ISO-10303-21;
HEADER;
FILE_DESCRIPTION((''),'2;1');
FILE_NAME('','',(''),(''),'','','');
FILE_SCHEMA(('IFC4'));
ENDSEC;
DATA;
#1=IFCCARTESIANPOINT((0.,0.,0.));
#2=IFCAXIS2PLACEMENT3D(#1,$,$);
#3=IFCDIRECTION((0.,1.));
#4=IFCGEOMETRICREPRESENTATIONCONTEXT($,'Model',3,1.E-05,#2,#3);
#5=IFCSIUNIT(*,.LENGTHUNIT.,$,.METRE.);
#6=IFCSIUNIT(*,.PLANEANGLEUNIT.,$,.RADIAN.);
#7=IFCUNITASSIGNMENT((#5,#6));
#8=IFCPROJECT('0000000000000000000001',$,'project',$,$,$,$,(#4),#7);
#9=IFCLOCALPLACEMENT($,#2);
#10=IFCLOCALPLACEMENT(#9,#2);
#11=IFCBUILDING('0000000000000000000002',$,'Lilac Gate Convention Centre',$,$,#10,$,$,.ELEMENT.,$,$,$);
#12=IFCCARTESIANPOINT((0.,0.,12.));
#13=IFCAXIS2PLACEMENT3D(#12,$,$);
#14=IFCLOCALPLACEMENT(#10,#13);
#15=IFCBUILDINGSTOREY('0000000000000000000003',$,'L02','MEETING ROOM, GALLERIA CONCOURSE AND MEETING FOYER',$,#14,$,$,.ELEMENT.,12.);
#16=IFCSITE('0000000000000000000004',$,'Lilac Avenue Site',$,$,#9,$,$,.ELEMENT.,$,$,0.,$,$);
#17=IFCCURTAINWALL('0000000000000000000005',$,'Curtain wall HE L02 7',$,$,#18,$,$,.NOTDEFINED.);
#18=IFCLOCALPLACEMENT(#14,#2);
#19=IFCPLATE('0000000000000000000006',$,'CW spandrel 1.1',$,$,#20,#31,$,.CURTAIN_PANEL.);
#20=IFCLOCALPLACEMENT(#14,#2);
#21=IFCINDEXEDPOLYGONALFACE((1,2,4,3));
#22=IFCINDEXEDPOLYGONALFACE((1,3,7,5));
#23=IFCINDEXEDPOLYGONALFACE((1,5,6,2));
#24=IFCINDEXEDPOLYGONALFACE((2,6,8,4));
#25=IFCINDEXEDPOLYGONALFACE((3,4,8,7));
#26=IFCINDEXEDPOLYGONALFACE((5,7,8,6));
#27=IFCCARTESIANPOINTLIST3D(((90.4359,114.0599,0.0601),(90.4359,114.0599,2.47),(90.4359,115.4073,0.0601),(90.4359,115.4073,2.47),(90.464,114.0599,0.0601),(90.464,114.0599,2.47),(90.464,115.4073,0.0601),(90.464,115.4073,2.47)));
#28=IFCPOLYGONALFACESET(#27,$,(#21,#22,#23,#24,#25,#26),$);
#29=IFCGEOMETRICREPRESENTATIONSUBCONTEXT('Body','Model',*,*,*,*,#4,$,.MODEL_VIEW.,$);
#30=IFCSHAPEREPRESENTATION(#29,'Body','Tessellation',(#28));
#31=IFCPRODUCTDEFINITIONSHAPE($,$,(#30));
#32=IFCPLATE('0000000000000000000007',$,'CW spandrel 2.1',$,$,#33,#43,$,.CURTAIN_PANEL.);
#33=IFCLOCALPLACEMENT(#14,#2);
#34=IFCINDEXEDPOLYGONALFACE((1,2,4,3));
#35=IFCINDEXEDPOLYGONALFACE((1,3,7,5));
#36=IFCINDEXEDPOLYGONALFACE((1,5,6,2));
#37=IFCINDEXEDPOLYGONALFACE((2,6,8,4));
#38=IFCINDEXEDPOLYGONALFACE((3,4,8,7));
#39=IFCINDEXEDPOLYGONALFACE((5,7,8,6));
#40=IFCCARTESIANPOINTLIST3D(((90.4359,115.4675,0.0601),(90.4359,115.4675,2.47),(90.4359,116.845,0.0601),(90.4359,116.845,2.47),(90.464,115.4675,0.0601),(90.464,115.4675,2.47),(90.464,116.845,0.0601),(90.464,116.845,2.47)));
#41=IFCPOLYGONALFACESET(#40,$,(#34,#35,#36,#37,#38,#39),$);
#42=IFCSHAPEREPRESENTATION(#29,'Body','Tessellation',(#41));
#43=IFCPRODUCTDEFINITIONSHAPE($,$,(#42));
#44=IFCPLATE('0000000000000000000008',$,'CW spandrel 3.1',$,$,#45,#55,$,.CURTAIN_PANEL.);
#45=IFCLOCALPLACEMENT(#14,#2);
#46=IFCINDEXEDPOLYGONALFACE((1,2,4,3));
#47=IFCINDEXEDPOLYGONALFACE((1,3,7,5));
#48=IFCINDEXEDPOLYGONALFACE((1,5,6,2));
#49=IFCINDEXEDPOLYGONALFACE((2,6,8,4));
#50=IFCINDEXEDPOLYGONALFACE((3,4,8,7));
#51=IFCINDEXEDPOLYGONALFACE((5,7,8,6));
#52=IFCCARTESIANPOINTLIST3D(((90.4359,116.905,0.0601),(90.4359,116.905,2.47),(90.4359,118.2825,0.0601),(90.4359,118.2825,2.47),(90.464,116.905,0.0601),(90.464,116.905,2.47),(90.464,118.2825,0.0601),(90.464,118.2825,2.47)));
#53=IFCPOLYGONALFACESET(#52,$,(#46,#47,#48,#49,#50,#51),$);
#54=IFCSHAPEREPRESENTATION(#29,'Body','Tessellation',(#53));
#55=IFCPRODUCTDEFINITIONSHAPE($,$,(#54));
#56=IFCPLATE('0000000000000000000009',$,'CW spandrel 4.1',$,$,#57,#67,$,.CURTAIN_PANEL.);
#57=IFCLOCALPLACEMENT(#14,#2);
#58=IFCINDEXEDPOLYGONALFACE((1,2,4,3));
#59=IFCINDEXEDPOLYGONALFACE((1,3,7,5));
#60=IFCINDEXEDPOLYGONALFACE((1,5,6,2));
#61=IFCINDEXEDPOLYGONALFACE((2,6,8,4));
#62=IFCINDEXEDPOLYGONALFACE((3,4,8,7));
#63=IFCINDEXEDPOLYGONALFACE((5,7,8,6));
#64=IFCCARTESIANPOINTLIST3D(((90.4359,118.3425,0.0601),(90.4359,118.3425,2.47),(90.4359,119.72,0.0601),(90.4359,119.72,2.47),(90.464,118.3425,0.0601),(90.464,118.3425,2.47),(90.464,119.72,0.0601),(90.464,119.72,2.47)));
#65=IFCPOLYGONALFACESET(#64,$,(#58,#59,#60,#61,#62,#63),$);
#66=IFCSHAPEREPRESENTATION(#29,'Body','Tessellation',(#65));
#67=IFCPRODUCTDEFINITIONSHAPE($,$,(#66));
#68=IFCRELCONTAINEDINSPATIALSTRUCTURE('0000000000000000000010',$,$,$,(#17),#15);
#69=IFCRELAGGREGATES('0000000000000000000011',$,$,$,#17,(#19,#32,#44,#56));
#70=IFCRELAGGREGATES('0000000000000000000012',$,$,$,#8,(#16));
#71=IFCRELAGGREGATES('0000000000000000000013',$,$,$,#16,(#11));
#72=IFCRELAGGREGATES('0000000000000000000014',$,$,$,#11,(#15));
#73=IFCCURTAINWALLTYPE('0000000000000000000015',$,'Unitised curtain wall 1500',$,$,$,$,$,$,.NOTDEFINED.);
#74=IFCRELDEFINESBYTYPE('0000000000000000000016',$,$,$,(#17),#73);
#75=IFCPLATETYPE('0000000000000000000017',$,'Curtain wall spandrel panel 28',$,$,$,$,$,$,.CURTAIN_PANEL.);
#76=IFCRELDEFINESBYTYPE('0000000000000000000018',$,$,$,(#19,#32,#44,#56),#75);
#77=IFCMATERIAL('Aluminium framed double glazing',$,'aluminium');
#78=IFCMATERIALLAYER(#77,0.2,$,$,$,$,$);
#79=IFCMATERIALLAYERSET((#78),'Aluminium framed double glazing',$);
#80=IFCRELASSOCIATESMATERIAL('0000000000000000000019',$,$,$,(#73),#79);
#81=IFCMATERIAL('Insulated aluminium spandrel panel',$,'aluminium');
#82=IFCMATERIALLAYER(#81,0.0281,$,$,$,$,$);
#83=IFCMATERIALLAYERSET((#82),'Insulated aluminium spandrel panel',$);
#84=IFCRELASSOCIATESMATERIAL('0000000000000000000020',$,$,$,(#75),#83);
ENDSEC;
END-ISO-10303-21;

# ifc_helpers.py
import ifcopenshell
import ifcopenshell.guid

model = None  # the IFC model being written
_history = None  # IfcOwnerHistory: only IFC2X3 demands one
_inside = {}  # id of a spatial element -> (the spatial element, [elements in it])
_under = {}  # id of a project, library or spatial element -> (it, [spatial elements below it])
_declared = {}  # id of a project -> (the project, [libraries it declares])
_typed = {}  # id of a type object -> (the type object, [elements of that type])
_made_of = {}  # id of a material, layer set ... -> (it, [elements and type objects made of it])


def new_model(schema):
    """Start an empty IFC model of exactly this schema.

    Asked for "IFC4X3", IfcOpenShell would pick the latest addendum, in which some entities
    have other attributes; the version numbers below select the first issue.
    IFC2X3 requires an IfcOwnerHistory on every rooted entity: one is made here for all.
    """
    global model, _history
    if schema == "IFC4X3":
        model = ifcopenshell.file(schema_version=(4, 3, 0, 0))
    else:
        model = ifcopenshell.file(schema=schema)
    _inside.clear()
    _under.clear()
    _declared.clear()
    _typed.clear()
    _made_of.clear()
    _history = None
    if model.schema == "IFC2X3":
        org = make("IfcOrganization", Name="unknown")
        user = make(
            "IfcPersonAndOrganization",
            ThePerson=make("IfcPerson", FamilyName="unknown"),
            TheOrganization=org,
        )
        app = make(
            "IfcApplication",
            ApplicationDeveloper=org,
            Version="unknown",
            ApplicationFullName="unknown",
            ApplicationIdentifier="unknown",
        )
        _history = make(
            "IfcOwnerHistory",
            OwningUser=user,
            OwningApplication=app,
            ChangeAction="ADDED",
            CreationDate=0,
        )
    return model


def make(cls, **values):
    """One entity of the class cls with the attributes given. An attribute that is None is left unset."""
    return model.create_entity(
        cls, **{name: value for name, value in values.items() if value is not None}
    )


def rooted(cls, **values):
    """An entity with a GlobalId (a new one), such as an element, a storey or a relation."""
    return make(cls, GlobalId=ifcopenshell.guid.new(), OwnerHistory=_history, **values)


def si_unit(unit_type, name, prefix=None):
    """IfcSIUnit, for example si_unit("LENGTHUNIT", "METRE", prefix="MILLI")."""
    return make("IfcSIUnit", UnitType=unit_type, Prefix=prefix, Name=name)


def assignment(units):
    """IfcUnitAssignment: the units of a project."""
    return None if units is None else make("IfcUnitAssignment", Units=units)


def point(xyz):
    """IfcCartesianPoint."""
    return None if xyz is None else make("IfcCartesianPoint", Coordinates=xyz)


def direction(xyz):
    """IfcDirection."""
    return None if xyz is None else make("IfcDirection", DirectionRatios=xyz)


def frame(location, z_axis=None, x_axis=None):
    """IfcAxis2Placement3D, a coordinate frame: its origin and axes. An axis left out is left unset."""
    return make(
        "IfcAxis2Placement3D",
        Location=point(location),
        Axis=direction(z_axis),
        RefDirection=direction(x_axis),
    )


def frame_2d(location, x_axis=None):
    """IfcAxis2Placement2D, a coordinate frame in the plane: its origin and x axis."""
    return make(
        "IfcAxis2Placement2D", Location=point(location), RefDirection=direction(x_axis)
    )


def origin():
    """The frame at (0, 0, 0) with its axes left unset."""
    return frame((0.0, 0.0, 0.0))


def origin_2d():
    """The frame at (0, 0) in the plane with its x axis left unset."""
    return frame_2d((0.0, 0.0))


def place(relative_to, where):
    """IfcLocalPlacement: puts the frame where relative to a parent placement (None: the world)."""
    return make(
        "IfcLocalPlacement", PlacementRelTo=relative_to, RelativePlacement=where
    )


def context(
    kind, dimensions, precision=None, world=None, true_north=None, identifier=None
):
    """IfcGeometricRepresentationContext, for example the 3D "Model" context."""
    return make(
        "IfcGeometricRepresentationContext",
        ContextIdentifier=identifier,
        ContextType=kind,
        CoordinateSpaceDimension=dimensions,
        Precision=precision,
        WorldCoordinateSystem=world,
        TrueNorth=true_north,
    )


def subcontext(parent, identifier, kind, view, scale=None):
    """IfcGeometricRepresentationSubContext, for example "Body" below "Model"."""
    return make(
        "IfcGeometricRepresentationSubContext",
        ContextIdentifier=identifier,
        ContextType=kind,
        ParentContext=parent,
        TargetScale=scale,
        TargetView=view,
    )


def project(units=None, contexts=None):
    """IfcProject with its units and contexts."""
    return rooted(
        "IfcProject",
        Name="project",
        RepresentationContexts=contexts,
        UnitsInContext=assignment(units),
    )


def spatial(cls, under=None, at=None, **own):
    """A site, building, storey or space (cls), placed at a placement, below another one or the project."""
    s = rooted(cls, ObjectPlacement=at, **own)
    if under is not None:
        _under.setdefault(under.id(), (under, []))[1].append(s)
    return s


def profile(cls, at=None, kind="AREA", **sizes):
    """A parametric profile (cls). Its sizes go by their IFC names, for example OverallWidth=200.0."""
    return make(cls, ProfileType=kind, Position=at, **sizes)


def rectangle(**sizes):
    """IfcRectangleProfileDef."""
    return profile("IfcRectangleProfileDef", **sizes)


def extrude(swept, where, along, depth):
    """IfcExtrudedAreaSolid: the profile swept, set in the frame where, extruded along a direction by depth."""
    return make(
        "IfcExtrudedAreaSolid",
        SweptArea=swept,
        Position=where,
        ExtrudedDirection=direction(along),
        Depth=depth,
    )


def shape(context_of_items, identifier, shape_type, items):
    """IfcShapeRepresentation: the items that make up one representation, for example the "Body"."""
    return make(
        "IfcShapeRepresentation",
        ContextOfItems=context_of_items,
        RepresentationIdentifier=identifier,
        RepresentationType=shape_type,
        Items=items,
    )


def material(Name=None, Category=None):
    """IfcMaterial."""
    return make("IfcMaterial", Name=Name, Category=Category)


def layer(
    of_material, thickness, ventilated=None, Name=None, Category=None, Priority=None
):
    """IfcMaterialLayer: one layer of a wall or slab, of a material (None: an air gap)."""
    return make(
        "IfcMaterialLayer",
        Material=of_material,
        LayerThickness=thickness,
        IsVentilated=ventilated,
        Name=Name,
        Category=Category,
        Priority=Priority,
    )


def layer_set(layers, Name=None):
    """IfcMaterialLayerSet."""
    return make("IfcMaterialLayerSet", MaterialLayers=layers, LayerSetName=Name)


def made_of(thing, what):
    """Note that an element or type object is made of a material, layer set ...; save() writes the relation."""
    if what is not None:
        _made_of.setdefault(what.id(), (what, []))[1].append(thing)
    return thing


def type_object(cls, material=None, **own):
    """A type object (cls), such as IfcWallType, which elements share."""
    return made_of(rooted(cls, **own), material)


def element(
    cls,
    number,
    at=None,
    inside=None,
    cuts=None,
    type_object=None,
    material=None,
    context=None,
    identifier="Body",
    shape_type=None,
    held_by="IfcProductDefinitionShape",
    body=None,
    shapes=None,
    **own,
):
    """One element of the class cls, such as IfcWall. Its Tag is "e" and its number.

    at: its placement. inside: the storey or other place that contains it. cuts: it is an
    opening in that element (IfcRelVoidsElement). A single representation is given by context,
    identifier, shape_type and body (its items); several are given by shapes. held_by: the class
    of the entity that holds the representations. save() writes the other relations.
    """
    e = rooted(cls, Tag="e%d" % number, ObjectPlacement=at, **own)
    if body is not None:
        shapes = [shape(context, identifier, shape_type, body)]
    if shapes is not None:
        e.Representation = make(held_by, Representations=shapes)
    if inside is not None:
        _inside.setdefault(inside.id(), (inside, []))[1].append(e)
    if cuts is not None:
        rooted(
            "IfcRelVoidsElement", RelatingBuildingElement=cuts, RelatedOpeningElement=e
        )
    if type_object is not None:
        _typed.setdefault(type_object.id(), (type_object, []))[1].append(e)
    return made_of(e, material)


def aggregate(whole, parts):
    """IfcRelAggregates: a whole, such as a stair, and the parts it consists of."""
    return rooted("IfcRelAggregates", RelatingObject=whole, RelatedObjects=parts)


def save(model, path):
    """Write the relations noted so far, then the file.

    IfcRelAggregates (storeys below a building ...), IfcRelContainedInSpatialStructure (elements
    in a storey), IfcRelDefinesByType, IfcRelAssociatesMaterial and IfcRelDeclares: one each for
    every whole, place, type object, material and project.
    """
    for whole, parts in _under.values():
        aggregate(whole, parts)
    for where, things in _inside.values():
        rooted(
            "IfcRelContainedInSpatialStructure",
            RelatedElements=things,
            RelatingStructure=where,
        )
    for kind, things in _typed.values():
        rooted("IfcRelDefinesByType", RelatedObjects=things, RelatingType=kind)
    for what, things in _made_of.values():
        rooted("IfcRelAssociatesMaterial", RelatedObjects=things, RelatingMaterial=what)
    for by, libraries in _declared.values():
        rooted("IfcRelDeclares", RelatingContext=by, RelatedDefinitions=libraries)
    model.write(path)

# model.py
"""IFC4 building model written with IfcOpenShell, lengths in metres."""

from ifc_helpers import new_model, si_unit, direction, frame, origin, origin_2d, place, context, subcontext, project, spatial, rectangle, extrude, material, layer, layer_set, type_object, element, aggregate, save


model = new_model("IFC4")

# Units and contexts
model_context = context("Model", 3, precision=1e-05, world=origin(), true_north=direction((0.0, 1.0)))
body_context = subcontext(model_context, "Body", "Model", "MODEL_VIEW")
ifc_project = project(units=[si_unit("LENGTHUNIT", "METRE"), si_unit("PLANEANGLEUNIT", "RADIAN")], contexts=[model_context])

# Site, building, storey
site_placement = place(None, origin())
site = spatial("IfcSite", under=ifc_project, at=site_placement, Name="Lilac Avenue Site", CompositionType="ELEMENT", RefElevation=0.0)
building_placement = place(site_placement, origin())
building = spatial("IfcBuilding", under=site, at=building_placement, Name="Lilac Gate Convention Centre", CompositionType="ELEMENT")
storey_placement = place(building_placement, frame((0.0, 0.0, 12.0)))
storey = spatial("IfcBuildingStorey", under=building, at=storey_placement, Name="L02", Description="MEETING ROOM, GALLERIA CONCOURSE AND MEETING FOYER", CompositionType="ELEMENT", Elevation=12.0)

# Curtain wall
ifc_material_1 = material(Name="Aluminium framed double glazing", Category="aluminium")
ifc_layer_1 = layer(ifc_material_1, 0.2)
ifc_layer_set_1 = layer_set([ifc_layer_1], Name="Aluminium framed double glazing")
curtain_wall_type = type_object("IfcCurtainWallType", Name="Unitised curtain wall 1500", PredefinedType="NOTDEFINED", material=ifc_layer_set_1)
curtain_wall_1_placement = place(storey_placement, origin())
curtain_wall_1 = element("IfcCurtainWall", 1, at=curtain_wall_1_placement, inside=storey, type_object=curtain_wall_type, Name="Curtain wall HE L02 7", PredefinedType="NOTDEFINED")

# Plates
ifc_material_2 = material(Name="Insulated aluminium spandrel panel", Category="aluminium")
ifc_layer_2 = layer(ifc_material_2, 0.0281)
ifc_layer_set_2 = layer_set([ifc_layer_2], Name="Insulated aluminium spandrel panel")
plate_type_1 = type_object("IfcPlateType", Name="Curtain wall spandrel panel 28", PredefinedType="CURTAIN_PANEL", material=ifc_layer_set_2)
plate_1_placement = place(storey_placement, frame((90.45, 114.7336, 0.0601), z_axis=(0.0, 0.0, 1.0), x_axis=(0.0, 1.0, 0.0)))
plate_1 = element("IfcPlate", 2, at=plate_1_placement, type_object=plate_type_1, Name="CW spandrel 1.1", PredefinedType="CURTAIN_PANEL", context=body_context, shape_type="SweptSolid", body=[
    extrude(rectangle(XDim=1.3474, YDim=0.0281, at=origin_2d()), origin(), (0.0, 0.0, 1.0), 2.4099),
])
plate_2_placement = place(storey_placement, frame((90.45, 116.1562, 0.0601), z_axis=(0.0, 0.0, 1.0), x_axis=(0.0, 1.0, 0.0)))
plate_2 = element("IfcPlate", 3, at=plate_2_placement, type_object=plate_type_1, Name="CW spandrel 2.1", PredefinedType="CURTAIN_PANEL", context=body_context, shape_type="SweptSolid", body=[
    extrude(rectangle(XDim=1.3774, YDim=0.0281, at=origin_2d()), origin(), (0.0, 0.0, 1.0), 2.4099),
])
plate_3_placement = place(storey_placement, frame((90.45, 117.5938, 0.0601), z_axis=(0.0, 0.0, 1.0), x_axis=(0.0, 1.0, 0.0)))
plate_3 = element("IfcPlate", 4, at=plate_3_placement, type_object=plate_type_1, Name="CW spandrel 3.1", PredefinedType="CURTAIN_PANEL", context=body_context, shape_type="SweptSolid", body=[
    extrude(rectangle(XDim=1.3774, YDim=0.0281, at=origin_2d()), origin(), (0.0, 0.0, 1.0), 2.4099),
])
plate_4_placement = place(storey_placement, frame((90.45, 119.0312, 0.0601), z_axis=(0.0, 0.0, 1.0), x_axis=(0.0, 1.0, 0.0)))
plate_4 = element("IfcPlate", 5, at=plate_4_placement, type_object=plate_type_1, Name="CW spandrel 4.1", PredefinedType="CURTAIN_PANEL", context=body_context, shape_type="SweptSolid", body=[
    extrude(rectangle(XDim=1.3774, YDim=0.0281, at=origin_2d()), origin(), (0.0, 0.0, 1.0), 2.4099),
])
aggregate(curtain_wall_1, [plate_1, plate_2, plate_3, plate_4])

save(model, "model.ifc")
